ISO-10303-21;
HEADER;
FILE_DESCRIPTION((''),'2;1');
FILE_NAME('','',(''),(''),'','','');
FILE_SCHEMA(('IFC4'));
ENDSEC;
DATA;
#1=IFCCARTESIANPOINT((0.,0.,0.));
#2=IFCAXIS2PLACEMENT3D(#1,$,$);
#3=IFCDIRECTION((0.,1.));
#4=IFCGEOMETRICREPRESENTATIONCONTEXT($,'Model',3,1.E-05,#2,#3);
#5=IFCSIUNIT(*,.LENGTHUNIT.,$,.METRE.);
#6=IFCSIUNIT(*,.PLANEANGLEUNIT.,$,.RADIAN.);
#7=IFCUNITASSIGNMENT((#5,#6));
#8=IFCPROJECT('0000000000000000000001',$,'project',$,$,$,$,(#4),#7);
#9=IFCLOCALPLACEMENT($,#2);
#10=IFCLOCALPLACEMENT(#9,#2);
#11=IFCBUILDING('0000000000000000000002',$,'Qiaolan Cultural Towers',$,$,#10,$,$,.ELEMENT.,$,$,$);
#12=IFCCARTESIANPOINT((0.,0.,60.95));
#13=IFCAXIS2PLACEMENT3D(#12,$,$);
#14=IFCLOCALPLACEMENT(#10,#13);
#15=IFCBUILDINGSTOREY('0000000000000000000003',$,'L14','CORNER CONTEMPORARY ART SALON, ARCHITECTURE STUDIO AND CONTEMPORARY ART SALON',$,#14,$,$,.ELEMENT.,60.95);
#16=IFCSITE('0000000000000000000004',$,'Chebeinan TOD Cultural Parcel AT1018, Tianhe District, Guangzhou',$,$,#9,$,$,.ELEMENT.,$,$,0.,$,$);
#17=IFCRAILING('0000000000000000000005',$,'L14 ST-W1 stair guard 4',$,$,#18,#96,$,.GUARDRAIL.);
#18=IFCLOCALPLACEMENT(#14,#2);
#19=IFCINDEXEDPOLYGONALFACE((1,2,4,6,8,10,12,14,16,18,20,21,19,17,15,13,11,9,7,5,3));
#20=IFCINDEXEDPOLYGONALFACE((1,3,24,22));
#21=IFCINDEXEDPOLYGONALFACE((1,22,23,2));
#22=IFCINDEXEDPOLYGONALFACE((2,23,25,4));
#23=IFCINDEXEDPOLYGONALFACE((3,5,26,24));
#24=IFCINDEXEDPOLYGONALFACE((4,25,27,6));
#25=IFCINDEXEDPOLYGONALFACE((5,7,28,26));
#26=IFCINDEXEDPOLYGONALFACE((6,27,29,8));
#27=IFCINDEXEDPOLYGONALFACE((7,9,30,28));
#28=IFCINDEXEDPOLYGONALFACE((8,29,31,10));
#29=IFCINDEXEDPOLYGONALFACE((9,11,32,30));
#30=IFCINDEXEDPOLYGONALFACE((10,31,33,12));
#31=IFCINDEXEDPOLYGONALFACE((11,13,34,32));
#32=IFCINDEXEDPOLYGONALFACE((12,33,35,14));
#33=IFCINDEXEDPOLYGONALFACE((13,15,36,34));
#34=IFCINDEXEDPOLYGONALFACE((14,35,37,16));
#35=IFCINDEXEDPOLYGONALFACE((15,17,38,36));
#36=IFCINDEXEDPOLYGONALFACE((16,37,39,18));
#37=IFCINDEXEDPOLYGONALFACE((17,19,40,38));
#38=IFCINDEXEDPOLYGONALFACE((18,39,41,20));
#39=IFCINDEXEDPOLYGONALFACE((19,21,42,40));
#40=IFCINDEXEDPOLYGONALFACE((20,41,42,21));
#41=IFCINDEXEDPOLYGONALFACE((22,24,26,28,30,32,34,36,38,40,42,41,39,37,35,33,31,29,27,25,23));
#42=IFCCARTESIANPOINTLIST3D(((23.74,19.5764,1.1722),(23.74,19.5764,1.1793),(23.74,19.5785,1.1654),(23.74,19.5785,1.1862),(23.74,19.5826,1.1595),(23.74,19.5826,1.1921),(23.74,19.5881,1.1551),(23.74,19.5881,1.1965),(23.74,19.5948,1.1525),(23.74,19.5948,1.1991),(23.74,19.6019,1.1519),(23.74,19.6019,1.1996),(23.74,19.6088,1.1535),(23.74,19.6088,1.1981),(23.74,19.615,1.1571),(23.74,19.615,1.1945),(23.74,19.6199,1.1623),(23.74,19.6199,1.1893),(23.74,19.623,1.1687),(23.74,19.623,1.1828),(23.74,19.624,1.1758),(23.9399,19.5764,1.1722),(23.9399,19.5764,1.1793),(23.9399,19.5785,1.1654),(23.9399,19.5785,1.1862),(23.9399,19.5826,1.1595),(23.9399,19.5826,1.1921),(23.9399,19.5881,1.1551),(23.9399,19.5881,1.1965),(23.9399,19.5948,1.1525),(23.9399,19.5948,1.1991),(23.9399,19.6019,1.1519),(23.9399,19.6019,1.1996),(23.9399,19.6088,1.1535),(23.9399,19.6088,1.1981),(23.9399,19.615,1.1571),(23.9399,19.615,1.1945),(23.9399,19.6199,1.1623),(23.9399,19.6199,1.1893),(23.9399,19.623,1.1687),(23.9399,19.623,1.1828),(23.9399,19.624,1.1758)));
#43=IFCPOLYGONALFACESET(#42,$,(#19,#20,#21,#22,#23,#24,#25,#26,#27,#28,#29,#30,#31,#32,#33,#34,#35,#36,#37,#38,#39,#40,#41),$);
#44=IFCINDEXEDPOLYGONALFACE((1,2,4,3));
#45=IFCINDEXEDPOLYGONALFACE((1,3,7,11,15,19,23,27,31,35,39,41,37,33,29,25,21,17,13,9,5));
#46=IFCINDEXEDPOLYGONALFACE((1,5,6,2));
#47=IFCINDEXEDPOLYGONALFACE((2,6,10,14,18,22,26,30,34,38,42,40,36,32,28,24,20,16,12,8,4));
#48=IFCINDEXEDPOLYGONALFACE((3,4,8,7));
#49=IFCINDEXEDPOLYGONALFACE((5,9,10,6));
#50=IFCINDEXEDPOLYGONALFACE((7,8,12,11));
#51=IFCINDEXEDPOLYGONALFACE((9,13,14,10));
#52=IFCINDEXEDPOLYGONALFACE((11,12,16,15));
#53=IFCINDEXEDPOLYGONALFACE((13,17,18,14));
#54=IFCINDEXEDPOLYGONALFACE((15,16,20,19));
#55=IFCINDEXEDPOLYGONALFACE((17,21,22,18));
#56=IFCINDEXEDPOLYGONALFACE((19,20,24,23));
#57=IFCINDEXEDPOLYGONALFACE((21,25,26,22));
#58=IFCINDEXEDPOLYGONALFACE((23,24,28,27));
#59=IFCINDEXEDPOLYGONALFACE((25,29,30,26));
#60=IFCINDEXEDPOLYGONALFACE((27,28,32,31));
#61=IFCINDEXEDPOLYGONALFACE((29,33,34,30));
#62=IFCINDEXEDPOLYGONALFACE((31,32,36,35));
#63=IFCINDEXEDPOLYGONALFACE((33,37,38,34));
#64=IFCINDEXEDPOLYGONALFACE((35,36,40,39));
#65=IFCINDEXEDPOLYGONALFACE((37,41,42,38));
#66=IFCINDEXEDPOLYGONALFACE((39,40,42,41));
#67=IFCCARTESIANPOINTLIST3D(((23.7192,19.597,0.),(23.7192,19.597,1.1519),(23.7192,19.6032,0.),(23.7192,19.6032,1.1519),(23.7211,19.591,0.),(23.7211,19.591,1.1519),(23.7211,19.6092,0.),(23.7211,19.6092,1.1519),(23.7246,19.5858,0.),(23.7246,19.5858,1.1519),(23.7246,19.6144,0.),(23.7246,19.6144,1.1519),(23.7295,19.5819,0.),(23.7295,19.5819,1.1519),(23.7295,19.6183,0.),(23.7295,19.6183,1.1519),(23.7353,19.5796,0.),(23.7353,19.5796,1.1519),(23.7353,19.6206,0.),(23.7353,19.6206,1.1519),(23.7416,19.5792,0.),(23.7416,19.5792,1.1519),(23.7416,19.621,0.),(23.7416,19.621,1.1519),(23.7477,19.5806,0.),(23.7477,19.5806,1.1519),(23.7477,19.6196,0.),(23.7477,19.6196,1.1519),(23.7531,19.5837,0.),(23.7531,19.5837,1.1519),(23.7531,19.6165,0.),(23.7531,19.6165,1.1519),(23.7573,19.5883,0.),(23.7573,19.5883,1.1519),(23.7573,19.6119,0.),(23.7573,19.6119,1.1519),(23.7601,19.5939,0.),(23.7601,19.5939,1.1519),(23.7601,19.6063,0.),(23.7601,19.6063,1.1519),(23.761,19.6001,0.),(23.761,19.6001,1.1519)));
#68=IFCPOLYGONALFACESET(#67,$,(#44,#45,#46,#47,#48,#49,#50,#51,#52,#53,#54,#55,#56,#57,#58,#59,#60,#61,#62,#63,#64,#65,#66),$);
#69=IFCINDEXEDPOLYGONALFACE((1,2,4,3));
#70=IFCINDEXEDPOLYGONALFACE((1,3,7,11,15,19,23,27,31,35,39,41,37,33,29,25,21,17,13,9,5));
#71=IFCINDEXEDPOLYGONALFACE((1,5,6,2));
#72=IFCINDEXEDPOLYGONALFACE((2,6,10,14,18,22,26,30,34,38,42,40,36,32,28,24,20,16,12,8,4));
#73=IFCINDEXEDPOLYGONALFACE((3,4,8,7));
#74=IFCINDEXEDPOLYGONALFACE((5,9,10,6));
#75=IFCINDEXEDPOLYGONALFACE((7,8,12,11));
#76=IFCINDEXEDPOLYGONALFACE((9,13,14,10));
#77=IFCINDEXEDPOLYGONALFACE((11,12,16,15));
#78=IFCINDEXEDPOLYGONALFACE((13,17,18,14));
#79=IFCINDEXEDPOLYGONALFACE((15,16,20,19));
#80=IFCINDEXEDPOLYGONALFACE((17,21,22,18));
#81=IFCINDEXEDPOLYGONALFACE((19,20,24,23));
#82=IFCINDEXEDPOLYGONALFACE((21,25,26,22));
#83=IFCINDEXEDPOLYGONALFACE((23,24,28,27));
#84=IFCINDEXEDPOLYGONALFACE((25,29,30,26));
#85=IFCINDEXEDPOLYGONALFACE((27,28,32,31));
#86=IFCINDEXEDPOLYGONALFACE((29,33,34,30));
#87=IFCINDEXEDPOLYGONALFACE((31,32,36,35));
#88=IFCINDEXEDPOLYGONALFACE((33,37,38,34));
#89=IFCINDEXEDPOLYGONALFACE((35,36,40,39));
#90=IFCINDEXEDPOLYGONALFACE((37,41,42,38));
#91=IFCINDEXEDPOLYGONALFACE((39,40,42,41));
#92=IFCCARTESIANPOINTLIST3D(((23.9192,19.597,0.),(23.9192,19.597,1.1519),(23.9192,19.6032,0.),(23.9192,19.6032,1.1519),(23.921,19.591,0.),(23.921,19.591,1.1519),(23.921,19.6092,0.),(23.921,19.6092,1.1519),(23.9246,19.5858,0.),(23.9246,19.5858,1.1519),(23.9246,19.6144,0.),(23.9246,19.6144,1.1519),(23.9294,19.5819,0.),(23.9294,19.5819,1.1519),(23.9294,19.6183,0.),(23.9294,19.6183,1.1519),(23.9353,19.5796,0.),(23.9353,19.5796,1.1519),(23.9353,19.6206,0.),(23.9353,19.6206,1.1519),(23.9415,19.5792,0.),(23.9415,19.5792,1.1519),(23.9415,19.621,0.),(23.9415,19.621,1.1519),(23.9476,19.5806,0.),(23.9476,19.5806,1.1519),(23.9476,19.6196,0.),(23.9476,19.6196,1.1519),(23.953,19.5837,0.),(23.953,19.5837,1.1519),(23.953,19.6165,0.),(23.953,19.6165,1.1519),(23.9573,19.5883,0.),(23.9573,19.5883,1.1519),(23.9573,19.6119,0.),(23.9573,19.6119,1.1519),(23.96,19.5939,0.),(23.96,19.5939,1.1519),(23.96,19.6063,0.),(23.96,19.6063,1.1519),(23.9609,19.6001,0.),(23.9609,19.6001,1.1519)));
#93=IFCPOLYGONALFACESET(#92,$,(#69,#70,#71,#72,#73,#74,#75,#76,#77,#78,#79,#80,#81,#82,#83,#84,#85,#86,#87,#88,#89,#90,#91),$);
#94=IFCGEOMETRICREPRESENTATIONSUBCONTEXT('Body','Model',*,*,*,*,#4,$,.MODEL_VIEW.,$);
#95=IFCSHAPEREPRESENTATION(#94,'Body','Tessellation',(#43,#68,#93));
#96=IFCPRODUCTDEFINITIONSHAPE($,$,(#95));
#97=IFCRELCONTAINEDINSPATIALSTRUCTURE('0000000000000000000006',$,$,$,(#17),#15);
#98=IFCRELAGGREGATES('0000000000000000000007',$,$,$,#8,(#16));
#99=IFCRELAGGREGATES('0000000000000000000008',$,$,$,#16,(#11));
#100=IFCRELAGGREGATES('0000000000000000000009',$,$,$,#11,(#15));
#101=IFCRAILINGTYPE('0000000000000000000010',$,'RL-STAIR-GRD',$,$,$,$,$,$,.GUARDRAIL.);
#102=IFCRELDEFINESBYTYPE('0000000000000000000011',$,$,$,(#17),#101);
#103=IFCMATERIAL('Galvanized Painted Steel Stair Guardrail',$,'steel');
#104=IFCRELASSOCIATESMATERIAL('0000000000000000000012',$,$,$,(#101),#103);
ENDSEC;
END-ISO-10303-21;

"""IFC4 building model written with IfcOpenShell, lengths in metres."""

from ifc_helpers import new_model, si_unit, direction, frame, origin, origin_2d, place, context, subcontext, project, spatial, circle, extrude, material, type_object, element, save


model = new_model("IFC4")

# Units and contexts
model_context = context("Model", 3, precision=1e-05, world=origin(), true_north=direction((0.0, 1.0)))
body_context = subcontext(model_context, "Body", "Model", "MODEL_VIEW")
ifc_project = project(units=[si_unit("LENGTHUNIT", "METRE"), si_unit("PLANEANGLEUNIT", "RADIAN")], contexts=[model_context])

# Site, building, storey
site_placement = place(None, origin())
site = spatial("IfcSite", under=ifc_project, at=site_placement, Name="Chebeinan TOD Cultural Parcel AT1018, Tianhe District, Guangzhou", CompositionType="ELEMENT", RefElevation=0.0)
building_placement = place(site_placement, origin())
building = spatial("IfcBuilding", under=site, at=building_placement, Name="Qiaolan Cultural Towers", CompositionType="ELEMENT")
storey_placement = place(building_placement, frame((0.0, 0.0, 60.95)))
storey = spatial("IfcBuildingStorey", under=building, at=storey_placement, Name="L14", Description="CORNER CONTEMPORARY ART SALON, ARCHITECTURE STUDIO AND CONTEMPORARY ART SALON", CompositionType="ELEMENT", Elevation=60.95)

# Railing
ifc_material_1 = material(Name="Galvanized Painted Steel Stair Guardrail", Category="steel")
railing_type_1 = type_object("IfcRailingType", Name="RL-STAIR-GRD", PredefinedType="GUARDRAIL", material=ifc_material_1)
railing_1_placement = place(storey_placement, frame((23.74, 19.6001, 0.0)))
element("IfcRailing", 1, at=railing_1_placement, inside=storey, type_object=railing_type_1, Name="L14 ST-W1 stair guard 4", PredefinedType="GUARDRAIL", context=body_context, shape_type="SweptSolid", body=[
    extrude(circle(Radius=0.0239, at=origin_2d()), frame((0.0, 0.0, 1.1758), z_axis=(1.0, 0.0, 0.0), x_axis=(0.0, 1.0, 0.0)), (0.0, 0.0, 1.0), 0.2),
    extrude(circle(Radius=0.021, at=origin_2d()), origin(), (0.0, 0.0, 1.0), 1.1519),
    extrude(circle(Radius=0.021, at=origin_2d()), frame((0.2, 0.0, 0.0)), (0.0, 0.0, 1.0), 1.1519),
])

save(model, "model.ifc")
